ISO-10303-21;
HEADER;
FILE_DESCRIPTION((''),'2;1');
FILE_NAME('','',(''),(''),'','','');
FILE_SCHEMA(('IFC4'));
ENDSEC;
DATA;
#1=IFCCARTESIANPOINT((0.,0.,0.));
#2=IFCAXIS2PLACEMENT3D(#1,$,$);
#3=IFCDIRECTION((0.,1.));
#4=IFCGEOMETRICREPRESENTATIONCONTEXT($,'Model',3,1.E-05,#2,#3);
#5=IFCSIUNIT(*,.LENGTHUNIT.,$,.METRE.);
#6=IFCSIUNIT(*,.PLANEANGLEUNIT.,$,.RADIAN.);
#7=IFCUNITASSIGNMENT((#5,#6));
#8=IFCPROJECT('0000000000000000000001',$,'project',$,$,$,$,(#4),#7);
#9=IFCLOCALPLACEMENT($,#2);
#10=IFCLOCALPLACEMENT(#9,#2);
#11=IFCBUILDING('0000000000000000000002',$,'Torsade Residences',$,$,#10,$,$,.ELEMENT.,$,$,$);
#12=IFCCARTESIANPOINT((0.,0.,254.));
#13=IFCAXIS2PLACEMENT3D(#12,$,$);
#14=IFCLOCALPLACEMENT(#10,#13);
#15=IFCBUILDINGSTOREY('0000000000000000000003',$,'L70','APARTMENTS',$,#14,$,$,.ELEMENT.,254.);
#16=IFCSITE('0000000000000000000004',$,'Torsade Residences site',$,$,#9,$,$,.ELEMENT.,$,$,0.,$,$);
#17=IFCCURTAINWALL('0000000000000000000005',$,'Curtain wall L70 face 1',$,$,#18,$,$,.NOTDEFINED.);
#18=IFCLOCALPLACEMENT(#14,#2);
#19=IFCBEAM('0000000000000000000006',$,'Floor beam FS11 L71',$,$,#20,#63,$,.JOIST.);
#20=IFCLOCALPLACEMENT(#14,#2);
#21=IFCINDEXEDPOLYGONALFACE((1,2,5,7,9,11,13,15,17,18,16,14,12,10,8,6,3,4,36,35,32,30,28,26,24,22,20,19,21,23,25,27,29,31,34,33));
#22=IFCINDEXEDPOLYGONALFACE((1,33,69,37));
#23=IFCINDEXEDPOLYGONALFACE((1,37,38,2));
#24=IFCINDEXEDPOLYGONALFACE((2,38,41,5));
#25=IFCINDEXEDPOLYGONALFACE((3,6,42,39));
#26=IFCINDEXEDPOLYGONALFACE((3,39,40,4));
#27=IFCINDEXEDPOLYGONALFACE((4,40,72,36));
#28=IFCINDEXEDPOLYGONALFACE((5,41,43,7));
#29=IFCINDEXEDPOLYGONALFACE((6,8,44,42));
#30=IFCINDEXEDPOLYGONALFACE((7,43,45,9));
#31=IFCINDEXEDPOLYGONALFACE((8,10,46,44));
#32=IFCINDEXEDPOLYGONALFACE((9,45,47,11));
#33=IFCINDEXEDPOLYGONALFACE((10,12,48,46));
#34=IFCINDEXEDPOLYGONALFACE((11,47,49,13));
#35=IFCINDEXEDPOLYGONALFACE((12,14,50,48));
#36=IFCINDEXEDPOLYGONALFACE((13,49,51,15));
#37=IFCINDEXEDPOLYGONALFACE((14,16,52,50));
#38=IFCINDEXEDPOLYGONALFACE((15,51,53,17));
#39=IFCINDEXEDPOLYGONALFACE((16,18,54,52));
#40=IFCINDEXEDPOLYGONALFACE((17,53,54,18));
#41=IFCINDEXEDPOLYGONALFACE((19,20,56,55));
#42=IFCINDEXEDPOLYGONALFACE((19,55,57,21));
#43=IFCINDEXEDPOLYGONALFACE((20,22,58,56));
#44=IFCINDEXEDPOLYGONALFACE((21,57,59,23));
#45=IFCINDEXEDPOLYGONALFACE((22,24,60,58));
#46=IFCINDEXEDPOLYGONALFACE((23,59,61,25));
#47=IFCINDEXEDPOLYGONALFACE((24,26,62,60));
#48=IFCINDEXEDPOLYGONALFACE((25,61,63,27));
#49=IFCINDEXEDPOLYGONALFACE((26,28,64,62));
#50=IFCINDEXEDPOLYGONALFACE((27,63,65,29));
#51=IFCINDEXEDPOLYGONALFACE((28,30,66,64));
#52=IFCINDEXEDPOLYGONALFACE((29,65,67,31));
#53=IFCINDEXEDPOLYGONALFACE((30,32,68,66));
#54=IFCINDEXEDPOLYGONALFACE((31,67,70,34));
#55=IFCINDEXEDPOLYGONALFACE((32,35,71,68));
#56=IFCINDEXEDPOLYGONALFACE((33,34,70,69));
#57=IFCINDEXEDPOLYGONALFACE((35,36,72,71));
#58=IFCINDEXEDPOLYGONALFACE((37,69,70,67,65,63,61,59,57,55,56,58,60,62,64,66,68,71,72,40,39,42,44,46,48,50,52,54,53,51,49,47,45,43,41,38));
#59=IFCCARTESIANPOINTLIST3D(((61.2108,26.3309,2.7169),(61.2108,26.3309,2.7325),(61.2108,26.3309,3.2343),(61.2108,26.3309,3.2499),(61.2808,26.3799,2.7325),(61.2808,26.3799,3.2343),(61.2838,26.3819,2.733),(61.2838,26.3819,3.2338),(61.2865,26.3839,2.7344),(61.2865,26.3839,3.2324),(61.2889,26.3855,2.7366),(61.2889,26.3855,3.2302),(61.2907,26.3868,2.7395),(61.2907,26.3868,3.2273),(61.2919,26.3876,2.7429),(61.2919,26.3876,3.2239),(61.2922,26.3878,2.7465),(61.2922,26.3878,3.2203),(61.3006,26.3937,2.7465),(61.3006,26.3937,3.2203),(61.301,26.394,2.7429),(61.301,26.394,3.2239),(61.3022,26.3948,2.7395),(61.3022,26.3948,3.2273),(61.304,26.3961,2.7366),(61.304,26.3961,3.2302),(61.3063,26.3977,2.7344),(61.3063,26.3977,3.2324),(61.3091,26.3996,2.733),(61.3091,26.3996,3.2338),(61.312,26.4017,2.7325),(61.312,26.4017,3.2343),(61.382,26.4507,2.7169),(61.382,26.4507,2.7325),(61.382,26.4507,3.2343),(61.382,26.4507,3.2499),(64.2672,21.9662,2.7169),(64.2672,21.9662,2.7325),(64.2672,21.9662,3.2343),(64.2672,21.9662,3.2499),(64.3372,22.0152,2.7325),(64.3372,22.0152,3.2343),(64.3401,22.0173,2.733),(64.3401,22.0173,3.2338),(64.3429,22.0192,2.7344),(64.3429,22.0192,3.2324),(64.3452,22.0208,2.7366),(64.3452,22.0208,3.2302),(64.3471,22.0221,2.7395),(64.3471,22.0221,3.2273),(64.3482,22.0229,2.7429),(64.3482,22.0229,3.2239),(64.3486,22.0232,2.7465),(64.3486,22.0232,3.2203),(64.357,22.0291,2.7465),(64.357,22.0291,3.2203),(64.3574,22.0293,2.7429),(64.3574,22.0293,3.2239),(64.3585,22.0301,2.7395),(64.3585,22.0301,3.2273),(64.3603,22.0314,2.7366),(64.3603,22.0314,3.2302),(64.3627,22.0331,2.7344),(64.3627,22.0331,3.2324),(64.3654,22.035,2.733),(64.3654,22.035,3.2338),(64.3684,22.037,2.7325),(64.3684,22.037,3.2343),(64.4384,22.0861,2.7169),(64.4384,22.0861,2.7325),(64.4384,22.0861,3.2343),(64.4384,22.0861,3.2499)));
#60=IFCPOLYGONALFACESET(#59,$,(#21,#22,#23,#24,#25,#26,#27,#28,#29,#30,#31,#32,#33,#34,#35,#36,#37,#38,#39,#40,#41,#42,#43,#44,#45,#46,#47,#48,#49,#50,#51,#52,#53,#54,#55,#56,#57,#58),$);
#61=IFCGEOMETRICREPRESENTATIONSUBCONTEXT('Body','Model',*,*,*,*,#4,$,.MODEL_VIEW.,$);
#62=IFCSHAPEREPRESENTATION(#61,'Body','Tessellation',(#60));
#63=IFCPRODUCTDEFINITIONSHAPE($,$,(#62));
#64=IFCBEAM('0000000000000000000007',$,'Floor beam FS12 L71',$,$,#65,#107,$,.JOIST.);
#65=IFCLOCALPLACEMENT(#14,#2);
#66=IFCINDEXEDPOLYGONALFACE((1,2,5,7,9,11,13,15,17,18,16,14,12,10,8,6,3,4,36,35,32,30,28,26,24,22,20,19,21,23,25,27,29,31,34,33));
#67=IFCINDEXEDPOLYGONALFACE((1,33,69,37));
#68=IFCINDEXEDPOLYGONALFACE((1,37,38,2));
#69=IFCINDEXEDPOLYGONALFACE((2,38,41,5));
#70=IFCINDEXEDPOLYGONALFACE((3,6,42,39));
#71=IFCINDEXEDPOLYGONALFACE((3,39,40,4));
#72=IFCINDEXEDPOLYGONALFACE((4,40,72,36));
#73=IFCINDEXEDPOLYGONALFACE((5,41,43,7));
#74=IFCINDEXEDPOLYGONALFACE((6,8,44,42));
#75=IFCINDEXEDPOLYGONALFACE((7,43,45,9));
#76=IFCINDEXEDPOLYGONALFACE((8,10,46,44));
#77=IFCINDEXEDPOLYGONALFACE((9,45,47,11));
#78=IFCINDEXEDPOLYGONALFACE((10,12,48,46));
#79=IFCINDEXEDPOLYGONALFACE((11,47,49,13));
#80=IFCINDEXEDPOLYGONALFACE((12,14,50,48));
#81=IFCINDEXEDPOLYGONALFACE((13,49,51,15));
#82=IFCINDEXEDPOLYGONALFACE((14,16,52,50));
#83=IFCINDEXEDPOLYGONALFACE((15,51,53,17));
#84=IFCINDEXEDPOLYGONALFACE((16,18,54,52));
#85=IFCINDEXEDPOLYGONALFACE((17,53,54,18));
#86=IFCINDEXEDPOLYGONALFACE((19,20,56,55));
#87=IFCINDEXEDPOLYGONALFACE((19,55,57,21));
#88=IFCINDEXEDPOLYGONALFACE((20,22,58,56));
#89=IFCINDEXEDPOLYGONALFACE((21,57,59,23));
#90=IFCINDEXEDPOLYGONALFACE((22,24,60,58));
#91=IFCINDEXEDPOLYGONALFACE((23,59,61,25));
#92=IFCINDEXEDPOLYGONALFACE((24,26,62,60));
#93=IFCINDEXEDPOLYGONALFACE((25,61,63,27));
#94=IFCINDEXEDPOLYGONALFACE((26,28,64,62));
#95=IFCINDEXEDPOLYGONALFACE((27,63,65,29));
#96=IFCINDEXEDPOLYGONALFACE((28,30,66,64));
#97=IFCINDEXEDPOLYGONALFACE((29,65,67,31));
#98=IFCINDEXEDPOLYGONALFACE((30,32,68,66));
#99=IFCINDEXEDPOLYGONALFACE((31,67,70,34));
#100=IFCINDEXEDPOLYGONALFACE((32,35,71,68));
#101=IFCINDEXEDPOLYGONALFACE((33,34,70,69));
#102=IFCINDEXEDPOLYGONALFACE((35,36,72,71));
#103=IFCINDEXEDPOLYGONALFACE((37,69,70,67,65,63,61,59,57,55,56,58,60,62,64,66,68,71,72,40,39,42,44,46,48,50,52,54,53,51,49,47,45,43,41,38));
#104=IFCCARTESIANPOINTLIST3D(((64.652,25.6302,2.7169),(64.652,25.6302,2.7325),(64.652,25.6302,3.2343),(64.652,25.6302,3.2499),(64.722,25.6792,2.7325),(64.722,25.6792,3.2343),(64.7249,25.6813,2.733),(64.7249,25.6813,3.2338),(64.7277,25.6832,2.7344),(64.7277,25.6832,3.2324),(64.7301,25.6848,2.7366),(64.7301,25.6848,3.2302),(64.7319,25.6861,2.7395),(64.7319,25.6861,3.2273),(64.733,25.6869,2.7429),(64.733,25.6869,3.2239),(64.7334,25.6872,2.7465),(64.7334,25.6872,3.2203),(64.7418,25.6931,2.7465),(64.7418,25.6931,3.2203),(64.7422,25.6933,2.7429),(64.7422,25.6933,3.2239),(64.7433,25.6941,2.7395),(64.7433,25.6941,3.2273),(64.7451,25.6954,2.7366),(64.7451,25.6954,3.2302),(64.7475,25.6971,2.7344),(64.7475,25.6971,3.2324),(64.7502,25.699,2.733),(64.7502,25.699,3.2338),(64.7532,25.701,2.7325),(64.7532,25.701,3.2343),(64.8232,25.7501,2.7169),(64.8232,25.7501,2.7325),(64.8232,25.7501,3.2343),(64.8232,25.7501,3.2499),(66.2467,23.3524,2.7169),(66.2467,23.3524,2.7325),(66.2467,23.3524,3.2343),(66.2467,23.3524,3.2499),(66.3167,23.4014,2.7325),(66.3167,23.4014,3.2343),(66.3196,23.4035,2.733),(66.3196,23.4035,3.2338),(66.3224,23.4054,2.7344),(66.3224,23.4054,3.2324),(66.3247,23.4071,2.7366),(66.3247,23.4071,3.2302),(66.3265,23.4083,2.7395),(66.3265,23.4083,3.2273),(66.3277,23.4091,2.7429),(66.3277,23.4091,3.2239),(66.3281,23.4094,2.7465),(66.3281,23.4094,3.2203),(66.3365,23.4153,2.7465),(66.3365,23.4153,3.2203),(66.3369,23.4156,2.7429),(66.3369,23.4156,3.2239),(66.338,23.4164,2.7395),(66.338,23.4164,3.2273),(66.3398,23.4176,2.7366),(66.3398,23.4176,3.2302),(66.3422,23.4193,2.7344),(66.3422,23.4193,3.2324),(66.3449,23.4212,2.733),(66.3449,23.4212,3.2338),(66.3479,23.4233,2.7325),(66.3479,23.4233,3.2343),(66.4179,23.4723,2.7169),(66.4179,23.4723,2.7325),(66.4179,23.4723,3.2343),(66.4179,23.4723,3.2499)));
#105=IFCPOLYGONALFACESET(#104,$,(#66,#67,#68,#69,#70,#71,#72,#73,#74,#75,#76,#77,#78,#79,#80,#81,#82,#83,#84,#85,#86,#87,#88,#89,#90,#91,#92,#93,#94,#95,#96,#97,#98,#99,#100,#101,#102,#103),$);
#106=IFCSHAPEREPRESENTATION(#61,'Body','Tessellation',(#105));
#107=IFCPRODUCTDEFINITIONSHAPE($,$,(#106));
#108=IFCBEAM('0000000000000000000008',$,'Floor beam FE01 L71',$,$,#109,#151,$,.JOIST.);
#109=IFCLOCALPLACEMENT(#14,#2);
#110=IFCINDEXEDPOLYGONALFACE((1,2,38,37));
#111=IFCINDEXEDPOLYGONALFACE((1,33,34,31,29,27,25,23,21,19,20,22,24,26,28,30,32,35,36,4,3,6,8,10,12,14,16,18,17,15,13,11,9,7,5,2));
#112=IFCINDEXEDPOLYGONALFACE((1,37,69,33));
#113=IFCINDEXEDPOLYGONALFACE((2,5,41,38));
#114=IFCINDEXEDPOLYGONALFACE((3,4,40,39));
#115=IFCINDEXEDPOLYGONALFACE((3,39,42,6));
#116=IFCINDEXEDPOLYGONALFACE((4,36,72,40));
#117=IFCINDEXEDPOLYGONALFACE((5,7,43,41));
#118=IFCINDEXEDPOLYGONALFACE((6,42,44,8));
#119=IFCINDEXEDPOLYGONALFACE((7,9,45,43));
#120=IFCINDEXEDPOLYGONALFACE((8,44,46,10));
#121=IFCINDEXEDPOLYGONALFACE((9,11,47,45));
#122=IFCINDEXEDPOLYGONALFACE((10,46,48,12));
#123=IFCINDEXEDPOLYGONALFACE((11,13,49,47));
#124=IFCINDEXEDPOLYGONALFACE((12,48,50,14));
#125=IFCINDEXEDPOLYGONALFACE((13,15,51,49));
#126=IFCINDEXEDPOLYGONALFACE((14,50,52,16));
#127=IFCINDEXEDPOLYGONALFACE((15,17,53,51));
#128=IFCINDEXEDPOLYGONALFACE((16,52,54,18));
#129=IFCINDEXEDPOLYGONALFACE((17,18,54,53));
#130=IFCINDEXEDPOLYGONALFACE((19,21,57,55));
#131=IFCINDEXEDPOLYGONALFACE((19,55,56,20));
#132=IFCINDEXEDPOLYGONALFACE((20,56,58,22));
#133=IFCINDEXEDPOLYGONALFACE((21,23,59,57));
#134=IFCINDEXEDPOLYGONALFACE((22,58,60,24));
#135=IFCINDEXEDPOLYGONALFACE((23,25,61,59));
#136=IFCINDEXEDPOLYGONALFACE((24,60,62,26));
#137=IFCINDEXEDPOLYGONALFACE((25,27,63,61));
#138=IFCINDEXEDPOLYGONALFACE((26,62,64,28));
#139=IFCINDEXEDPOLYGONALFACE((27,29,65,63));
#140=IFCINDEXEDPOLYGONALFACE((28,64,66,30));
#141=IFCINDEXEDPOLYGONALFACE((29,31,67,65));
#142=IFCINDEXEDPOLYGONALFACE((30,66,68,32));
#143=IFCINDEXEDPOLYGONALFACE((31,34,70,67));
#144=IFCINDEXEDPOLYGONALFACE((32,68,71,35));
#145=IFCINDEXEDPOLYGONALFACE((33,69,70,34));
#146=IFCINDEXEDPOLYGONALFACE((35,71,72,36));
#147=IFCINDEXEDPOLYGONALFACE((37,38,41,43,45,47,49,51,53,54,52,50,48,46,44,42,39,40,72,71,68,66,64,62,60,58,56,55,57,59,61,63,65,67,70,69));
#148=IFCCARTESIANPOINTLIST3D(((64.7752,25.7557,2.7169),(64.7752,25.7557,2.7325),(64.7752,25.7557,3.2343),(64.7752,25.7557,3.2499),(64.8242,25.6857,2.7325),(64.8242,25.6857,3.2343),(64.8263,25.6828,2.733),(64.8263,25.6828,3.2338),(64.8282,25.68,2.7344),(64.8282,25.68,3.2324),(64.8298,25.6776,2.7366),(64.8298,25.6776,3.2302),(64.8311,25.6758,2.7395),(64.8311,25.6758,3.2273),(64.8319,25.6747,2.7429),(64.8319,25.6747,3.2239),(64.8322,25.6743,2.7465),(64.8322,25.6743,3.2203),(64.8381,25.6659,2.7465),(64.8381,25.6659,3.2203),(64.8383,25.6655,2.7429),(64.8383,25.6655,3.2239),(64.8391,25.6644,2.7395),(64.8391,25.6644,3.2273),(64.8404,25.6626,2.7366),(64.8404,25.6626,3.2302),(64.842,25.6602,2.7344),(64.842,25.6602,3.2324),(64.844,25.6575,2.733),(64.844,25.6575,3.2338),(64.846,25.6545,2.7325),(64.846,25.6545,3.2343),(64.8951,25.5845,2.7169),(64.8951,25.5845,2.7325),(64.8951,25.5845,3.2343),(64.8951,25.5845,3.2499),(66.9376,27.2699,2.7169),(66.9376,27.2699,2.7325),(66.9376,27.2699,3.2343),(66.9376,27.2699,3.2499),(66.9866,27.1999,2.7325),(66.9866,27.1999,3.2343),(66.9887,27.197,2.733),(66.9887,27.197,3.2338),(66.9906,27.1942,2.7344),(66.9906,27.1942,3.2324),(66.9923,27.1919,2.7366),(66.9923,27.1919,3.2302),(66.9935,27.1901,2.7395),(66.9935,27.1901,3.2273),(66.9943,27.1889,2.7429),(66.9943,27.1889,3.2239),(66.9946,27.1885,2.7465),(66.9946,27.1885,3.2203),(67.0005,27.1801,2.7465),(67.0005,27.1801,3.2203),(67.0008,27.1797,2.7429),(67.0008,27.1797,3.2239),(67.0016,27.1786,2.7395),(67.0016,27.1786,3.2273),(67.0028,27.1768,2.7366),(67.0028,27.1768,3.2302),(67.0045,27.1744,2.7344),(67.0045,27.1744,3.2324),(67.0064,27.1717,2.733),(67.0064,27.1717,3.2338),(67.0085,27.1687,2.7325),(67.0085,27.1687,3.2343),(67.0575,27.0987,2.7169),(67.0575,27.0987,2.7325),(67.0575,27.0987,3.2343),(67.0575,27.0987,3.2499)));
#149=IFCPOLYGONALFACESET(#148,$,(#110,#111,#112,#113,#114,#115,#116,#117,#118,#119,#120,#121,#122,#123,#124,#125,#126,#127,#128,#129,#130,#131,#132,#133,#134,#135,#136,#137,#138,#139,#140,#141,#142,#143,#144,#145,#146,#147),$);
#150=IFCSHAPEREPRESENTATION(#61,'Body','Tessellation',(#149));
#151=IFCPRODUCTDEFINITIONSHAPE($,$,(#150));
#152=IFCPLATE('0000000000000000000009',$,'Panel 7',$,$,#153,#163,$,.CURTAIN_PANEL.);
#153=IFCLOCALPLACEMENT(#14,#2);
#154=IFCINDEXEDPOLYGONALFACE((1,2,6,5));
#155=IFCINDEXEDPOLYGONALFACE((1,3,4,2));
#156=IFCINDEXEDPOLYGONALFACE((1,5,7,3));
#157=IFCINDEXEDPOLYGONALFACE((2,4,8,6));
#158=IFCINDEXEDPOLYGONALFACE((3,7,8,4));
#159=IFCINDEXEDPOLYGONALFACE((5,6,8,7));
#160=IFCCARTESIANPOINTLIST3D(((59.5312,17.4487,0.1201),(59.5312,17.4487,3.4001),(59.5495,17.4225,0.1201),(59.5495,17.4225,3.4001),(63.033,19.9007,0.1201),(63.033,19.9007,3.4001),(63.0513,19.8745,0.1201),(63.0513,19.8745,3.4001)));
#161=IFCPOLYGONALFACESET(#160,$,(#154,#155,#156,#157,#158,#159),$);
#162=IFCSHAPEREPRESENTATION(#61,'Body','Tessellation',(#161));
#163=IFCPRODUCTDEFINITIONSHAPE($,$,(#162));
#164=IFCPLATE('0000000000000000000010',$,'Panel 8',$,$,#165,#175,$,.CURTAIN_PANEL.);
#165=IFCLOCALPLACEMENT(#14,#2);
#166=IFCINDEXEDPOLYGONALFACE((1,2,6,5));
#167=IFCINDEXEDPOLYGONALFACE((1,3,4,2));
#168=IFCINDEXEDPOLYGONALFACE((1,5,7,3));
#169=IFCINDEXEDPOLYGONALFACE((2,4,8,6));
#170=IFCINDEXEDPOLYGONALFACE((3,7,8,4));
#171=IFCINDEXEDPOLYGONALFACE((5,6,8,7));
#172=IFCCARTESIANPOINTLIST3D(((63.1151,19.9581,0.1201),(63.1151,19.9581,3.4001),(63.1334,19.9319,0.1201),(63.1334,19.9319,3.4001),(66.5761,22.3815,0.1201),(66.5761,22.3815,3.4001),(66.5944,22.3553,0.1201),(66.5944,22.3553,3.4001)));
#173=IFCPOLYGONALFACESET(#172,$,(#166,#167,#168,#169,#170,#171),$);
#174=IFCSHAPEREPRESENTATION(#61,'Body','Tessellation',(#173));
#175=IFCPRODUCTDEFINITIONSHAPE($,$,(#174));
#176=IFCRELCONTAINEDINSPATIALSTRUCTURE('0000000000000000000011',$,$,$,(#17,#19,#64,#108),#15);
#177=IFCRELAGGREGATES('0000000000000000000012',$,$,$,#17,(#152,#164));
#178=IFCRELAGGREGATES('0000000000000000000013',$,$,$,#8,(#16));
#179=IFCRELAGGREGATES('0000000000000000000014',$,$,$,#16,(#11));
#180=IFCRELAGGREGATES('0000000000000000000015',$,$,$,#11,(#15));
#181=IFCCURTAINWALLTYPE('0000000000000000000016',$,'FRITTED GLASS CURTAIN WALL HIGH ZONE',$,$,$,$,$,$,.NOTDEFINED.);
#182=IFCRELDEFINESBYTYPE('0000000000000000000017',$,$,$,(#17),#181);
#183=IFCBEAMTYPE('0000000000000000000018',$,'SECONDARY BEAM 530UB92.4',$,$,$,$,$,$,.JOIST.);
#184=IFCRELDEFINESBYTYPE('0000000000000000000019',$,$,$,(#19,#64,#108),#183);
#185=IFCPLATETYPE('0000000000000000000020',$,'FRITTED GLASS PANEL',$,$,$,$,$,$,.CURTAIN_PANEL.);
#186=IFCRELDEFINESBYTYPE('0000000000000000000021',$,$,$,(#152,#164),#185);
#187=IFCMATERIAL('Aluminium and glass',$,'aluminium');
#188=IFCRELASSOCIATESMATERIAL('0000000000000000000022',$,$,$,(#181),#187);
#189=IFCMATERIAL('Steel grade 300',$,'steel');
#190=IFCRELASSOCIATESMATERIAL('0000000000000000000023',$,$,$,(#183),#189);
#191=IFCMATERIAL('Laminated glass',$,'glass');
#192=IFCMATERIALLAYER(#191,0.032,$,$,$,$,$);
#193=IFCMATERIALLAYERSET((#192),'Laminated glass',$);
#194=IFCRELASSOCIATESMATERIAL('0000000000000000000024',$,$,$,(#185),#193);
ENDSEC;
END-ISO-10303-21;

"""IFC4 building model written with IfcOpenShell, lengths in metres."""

from ifc_helpers import new_model, si_unit, direction, frame, origin, origin_2d, place, context, subcontext, project, spatial, rectangle, i_section, extrude, material, layer, layer_set, material_profile, profile_set, type_object, element, aggregate, save


model = new_model("IFC4")

# Units and contexts
model_context = context("Model", 3, precision=1e-05, world=origin(), true_north=direction((0.0, 1.0)))
body_context = subcontext(model_context, "Body", "Model", "MODEL_VIEW")
ifc_project = project(units=[si_unit("LENGTHUNIT", "METRE"), si_unit("PLANEANGLEUNIT", "RADIAN")], contexts=[model_context])

# Site, building, storey
site_placement = place(None, origin())
site = spatial("IfcSite", under=ifc_project, at=site_placement, Name="Torsade Residences site", CompositionType="ELEMENT", RefElevation=0.0)
building_placement = place(site_placement, origin())
building = spatial("IfcBuilding", under=site, at=building_placement, Name="Torsade Residences", CompositionType="ELEMENT")
storey_placement = place(building_placement, frame((0.0, 0.0, 254.0)))
storey = spatial("IfcBuildingStorey", under=building, at=storey_placement, Name="L70", Description="APARTMENTS", CompositionType="ELEMENT", Elevation=254.0)

# Curtain wall
ifc_material_1 = material(Name="Aluminium and glass", Category="aluminium")
curtain_wall_type = type_object("IfcCurtainWallType", Name="FRITTED GLASS CURTAIN WALL HIGH ZONE", PredefinedType="NOTDEFINED", material=ifc_material_1)
curtain_wall_1_placement = place(storey_placement, origin())
curtain_wall_1 = element("IfcCurtainWall", 1, at=curtain_wall_1_placement, inside=storey, type_object=curtain_wall_type, Name="Curtain wall L70 face 1", PredefinedType="NOTDEFINED")

# Beams
ifc_material_2 = material(Name="Steel grade 300", Category="steel")
ifc_material_profile_1 = material_profile(ifc_material_2, i_section(OverallWidth=0.209, OverallDepth=0.533, WebThickness=0.0103, FlangeThickness=0.0156, FilletRadius=0.0139, at=origin_2d()), Name="530UB92.4")
ifc_profile_set_1 = profile_set([ifc_material_profile_1], Name="Steel grade 300")
beam_type_1 = type_object("IfcBeamType", Name="SECONDARY BEAM 530UB92.4", PredefinedType="JOIST", material=ifc_profile_set_1)
beam_1_placement = place(storey_placement, frame((64.3528, 22.0261, 2.9834), z_axis=(-0.573598, 0.819137, 0.0), x_axis=(-0.819137, -0.573598, 0.0)))
element("IfcBeam", 2, at=beam_1_placement, inside=storey, type_object=beam_type_1, Name="Floor beam FS11 L71", PredefinedType="JOIST", context=body_context, shape_type="SweptSolid", body=[
    extrude(i_section(OverallWidth=0.209, OverallDepth=0.533, WebThickness=0.0103, FlangeThickness=0.0156, FilletRadius=0.0139, at=origin_2d()), origin(), (0.0, 0.0, 1.0), 5.3284),
])
beam_2_placement = place(storey_placement, frame((66.3323, 23.4124, 2.9834), z_axis=(-0.573521, 0.819191, 0.0), x_axis=(-0.819191, -0.573521, 0.0)))
element("IfcBeam", 3, at=beam_2_placement, inside=storey, type_object=beam_type_1, Name="Floor beam FS12 L71", PredefinedType="JOIST", context=body_context, shape_type="SweptSolid", body=[
    extrude(i_section(OverallWidth=0.209, OverallDepth=0.533, WebThickness=0.0103, FlangeThickness=0.0156, FilletRadius=0.0139, at=origin_2d()), origin(), (0.0, 0.0, 1.0), 2.7805),
])
beam_3_placement = place(storey_placement, frame((66.9976, 27.1843, 2.9834), z_axis=(-0.819141, -0.573593, 0.0), x_axis=(0.573593, -0.819141, 0.0)))
element("IfcBeam", 4, at=beam_3_placement, inside=storey, type_object=beam_type_1, Name="Floor beam FE01 L71", PredefinedType="JOIST", context=body_context, shape_type="SweptSolid", body=[
    extrude(i_section(OverallWidth=0.209, OverallDepth=0.533, WebThickness=0.0103, FlangeThickness=0.0156, FilletRadius=0.0139, at=origin_2d()), origin(), (0.0, 0.0, 1.0), 2.6399),
])

# Plates
ifc_material_3 = material(Name="Laminated glass", Category="glass")
ifc_layer_1 = layer(ifc_material_3, 0.032)
ifc_layer_set_1 = layer_set([ifc_layer_1], Name="Laminated glass")
plate_type = type_object("IfcPlateType", Name="FRITTED GLASS PANEL", PredefinedType="CURTAIN_PANEL", material=ifc_layer_set_1)
plate_1_placement = place(storey_placement, frame((61.2913, 18.6616, 0.1201), z_axis=(0.0, 0.0, 1.0), x_axis=(0.819152, 0.573576, 0.0)))
plate_1 = element("IfcPlate", 5, at=plate_1_placement, type_object=plate_type, Name="Panel 7", PredefinedType="CURTAIN_PANEL", context=body_context, shape_type="SweptSolid", body=[
    extrude(rectangle(XDim=4.2749, YDim=0.032, at=origin_2d()), origin(), (0.0, 0.0, 1.0), 3.28),
])
plate_2_placement = place(storey_placement, frame((64.8547, 21.1567, 0.1201), z_axis=(0.0, 0.0, 1.0), x_axis=(0.819152, 0.573576, 0.0)))
plate_2 = element("IfcPlate", 6, at=plate_2_placement, type_object=plate_type, Name="Panel 8", PredefinedType="CURTAIN_PANEL", context=body_context, shape_type="SweptSolid", body=[
    extrude(rectangle(XDim=4.2251, YDim=0.032, at=origin_2d()), origin(), (0.0, 0.0, 1.0), 3.28),
])
aggregate(curtain_wall_1, [plate_1, plate_2])

save(model, "model.ifc")
